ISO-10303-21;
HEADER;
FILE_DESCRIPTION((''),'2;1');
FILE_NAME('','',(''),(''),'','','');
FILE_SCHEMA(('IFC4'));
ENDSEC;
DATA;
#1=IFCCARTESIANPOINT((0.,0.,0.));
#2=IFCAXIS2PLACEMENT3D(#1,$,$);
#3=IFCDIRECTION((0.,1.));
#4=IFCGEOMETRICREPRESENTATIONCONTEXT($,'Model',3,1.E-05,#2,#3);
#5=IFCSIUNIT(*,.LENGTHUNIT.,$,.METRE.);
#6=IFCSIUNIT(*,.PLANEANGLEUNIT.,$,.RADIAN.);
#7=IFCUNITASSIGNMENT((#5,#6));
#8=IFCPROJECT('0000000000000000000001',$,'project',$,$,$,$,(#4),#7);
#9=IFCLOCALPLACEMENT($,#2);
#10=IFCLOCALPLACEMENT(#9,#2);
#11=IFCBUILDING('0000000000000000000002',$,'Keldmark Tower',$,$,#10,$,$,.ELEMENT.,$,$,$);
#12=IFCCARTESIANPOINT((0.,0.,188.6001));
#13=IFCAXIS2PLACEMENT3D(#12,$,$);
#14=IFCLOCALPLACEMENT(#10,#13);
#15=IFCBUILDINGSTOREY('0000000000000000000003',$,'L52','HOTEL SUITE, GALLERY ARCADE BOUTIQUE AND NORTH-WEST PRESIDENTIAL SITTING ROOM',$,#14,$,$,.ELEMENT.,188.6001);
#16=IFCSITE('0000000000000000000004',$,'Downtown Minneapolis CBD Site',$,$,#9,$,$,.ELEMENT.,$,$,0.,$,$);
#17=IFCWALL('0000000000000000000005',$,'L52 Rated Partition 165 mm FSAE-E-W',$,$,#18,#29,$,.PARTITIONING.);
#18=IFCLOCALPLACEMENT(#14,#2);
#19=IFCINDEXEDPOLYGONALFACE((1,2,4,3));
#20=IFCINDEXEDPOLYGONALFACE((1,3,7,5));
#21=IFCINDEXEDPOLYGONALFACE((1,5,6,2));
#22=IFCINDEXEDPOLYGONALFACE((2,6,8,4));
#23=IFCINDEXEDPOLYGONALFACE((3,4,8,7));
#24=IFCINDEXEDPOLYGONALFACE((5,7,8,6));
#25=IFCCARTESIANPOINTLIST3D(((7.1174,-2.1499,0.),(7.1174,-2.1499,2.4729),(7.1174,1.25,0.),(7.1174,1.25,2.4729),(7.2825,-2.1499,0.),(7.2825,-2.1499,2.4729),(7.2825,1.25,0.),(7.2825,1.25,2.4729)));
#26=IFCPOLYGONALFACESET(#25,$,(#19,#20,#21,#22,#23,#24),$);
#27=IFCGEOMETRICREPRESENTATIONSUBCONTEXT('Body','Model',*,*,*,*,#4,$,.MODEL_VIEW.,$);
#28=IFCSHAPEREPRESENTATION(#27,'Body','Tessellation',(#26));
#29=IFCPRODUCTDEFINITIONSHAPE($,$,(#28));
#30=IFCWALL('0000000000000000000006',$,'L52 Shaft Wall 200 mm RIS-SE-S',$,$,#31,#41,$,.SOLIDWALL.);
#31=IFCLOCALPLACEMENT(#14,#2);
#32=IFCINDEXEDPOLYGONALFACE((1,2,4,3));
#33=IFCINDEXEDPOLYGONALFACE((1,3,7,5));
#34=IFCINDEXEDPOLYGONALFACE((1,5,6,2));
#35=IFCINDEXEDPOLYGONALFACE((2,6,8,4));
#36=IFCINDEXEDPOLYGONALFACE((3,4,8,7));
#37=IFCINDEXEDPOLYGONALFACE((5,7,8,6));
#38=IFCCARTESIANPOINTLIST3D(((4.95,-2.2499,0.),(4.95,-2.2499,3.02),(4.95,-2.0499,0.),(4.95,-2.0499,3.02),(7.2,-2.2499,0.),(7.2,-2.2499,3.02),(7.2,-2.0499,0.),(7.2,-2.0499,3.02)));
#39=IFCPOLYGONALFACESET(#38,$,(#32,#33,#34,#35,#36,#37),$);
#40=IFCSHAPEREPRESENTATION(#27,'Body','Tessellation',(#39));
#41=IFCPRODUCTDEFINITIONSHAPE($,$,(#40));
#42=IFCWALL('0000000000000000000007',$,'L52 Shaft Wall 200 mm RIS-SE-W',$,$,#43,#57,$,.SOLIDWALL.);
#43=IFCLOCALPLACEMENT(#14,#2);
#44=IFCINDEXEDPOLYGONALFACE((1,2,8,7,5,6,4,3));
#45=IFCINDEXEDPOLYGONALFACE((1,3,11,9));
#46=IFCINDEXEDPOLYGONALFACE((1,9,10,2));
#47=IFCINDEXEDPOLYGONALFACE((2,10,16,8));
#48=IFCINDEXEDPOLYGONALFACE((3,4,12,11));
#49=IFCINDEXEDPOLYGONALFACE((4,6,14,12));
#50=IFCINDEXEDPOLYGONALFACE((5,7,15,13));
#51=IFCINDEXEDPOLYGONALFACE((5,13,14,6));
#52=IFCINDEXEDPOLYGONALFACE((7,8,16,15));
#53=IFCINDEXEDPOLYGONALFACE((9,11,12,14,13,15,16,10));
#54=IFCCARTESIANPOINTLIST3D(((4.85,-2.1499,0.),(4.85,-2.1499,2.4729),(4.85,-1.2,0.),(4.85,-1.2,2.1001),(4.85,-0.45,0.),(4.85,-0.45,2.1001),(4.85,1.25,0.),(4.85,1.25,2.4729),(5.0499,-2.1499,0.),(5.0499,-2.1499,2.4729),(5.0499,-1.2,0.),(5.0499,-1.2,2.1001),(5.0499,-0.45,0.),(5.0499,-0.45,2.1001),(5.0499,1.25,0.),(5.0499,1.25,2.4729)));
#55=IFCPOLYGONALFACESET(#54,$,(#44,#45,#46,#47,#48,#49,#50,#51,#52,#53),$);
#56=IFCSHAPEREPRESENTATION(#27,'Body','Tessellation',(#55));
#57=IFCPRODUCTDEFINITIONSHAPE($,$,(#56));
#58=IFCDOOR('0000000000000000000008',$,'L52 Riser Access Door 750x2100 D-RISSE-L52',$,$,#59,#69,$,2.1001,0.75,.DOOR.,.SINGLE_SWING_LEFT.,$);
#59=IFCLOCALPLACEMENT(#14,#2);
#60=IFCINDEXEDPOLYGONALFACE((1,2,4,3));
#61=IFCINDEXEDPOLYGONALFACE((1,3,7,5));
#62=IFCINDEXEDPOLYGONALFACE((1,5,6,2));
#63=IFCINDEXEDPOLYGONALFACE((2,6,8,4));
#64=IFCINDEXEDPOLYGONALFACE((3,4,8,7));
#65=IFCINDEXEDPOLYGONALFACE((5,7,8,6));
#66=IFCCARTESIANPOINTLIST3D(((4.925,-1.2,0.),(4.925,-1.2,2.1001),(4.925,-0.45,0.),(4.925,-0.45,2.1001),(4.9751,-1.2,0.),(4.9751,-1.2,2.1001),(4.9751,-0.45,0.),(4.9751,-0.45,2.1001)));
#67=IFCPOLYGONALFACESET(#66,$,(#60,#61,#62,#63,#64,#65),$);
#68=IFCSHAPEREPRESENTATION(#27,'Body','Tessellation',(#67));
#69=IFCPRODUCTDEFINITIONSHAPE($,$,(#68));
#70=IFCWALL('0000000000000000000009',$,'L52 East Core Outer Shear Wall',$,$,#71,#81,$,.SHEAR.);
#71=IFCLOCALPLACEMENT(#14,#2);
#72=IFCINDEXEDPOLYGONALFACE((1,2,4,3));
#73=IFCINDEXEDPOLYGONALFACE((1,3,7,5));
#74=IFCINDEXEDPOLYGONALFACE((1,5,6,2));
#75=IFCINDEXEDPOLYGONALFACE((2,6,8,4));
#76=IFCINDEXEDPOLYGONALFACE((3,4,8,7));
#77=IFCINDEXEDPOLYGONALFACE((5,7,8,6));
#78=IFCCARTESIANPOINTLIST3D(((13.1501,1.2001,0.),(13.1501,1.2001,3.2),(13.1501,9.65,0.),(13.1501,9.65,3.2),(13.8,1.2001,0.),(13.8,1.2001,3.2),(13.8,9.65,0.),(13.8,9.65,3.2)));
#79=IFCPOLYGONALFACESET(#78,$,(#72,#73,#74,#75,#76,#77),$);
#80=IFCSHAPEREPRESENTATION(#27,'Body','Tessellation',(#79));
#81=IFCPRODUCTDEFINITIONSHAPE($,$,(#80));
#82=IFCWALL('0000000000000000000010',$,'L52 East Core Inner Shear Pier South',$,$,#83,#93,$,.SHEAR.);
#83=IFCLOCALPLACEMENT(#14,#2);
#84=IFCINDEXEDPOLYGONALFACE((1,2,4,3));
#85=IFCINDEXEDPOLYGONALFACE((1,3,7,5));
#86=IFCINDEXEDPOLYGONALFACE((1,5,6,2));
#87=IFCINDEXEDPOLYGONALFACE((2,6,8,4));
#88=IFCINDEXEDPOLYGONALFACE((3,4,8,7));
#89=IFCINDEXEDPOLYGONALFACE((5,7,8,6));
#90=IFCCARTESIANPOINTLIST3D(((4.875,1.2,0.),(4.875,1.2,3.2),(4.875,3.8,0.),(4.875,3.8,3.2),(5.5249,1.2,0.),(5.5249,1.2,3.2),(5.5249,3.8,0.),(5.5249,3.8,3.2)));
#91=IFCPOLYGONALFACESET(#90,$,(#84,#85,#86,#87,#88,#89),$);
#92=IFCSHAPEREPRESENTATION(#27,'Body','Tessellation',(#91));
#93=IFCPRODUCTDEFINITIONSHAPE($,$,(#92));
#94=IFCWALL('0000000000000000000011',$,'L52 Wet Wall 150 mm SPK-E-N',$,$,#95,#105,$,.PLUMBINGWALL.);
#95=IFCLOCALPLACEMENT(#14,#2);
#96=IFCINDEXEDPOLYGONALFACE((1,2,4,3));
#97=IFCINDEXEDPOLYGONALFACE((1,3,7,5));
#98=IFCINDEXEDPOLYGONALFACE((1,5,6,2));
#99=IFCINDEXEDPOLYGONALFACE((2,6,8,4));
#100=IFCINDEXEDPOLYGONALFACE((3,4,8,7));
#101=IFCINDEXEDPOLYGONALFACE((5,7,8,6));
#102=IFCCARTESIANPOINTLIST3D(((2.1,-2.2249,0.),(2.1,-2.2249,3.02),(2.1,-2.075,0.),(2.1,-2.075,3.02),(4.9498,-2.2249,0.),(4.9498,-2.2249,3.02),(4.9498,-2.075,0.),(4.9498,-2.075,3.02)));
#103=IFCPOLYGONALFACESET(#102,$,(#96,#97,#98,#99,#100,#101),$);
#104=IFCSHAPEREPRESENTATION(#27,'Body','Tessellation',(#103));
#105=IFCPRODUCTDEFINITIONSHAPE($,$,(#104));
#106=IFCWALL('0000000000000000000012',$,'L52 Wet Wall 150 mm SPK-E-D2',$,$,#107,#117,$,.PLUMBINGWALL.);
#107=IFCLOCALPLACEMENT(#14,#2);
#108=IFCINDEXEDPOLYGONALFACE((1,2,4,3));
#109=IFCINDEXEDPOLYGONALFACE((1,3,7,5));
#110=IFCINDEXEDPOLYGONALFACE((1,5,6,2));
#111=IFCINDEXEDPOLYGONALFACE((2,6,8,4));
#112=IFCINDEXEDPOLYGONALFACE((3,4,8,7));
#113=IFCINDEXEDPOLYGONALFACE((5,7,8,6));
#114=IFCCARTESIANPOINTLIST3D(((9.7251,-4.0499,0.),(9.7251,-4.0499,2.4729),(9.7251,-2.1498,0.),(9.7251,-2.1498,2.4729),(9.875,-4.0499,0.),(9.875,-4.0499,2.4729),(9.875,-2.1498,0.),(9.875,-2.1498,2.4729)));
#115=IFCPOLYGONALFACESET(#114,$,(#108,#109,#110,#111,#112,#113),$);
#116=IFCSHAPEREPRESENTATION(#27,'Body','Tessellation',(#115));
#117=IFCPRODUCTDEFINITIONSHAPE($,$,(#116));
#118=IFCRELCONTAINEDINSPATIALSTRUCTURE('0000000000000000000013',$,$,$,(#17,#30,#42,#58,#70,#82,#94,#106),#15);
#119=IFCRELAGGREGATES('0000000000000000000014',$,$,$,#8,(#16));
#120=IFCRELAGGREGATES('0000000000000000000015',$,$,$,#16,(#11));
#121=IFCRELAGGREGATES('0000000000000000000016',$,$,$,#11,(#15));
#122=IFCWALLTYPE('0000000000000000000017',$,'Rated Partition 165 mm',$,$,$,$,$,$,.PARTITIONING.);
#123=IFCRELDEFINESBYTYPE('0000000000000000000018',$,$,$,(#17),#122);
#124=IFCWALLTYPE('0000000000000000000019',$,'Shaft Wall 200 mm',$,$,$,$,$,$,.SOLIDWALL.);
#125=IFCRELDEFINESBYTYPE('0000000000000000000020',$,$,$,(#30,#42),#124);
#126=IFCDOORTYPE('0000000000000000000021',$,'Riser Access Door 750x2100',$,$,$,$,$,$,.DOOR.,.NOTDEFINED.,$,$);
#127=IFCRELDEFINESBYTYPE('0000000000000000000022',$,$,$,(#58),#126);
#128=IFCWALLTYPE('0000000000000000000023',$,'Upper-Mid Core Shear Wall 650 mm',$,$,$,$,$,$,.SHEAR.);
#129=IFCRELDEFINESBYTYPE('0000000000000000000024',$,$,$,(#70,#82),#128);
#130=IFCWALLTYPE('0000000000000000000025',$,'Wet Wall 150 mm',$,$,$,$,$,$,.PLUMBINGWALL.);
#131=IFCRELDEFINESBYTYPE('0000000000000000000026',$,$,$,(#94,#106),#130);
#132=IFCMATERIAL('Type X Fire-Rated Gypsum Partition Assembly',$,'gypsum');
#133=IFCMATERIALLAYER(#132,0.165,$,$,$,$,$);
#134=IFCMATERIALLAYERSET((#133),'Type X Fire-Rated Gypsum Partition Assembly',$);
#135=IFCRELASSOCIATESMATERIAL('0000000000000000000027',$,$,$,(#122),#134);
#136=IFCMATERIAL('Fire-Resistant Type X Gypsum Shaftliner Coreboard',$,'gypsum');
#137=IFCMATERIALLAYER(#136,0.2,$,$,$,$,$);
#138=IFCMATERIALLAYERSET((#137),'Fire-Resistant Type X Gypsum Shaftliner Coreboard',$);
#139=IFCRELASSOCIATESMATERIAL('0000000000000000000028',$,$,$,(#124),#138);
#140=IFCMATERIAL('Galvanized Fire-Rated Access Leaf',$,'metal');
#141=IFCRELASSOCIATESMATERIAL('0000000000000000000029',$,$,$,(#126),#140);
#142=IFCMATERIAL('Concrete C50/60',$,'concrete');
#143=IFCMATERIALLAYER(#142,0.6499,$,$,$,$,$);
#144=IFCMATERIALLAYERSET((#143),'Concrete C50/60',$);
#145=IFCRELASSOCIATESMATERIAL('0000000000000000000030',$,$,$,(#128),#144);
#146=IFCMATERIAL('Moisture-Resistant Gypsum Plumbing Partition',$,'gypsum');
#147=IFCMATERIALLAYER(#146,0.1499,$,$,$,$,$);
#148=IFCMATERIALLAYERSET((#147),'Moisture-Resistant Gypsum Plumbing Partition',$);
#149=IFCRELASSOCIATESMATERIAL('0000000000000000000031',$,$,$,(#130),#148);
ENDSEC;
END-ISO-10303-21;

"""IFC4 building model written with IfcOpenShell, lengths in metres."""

from ifc_helpers import new_model, si_unit, direction, frame, frame_2d, origin, place, context, subcontext, project, spatial, rectangle, extrude, material, layer, layer_set, type_object, element, fill, save


model = new_model("IFC4")

# Units and contexts
model_context = context("Model", 3, precision=1e-05, world=origin(), true_north=direction((0.0, 1.0)))
body_context = subcontext(model_context, "Body", "Model", "MODEL_VIEW")
ifc_project = project(units=[si_unit("LENGTHUNIT", "METRE"), si_unit("PLANEANGLEUNIT", "RADIAN")], contexts=[model_context])

# Site, building, storey
site_placement = place(None, origin())
site = spatial("IfcSite", under=ifc_project, at=site_placement, Name="Downtown Minneapolis CBD Site", CompositionType="ELEMENT", RefElevation=0.0)
building_placement = place(site_placement, origin())
building = spatial("IfcBuilding", under=site, at=building_placement, Name="Keldmark Tower", CompositionType="ELEMENT")
storey_placement = place(building_placement, frame((0.0, 0.0, 188.6001)))
storey = spatial("IfcBuildingStorey", under=building, at=storey_placement, Name="L52", Description="HOTEL SUITE, GALLERY ARCADE BOUTIQUE AND NORTH-WEST PRESIDENTIAL SITTING ROOM", CompositionType="ELEMENT", Elevation=188.6001)

# Wall
ifc_material_1 = material(Name="Type X Fire-Rated Gypsum Partition Assembly", Category="gypsum")
ifc_layer_1 = layer(ifc_material_1, 0.165)
ifc_layer_set_1 = layer_set([ifc_layer_1], Name="Type X Fire-Rated Gypsum Partition Assembly")
wall_type_1 = type_object("IfcWallType", Name="Rated Partition 165 mm", PredefinedType="PARTITIONING", material=ifc_layer_set_1)
wall_1_placement = place(storey_placement, frame((7.2, -2.1499, 0.0), z_axis=(0.0, 0.0, 1.0), x_axis=(0.0, 1.0, 0.0)))
element("IfcWall", 1, at=wall_1_placement, inside=storey, type_object=wall_type_1, Name="L52 Rated Partition 165 mm FSAE-E-W", PredefinedType="PARTITIONING", context=body_context, shape_type="SweptSolid", body=[
    extrude(rectangle(XDim=3.3999, YDim=0.165, at=frame_2d((1.7, 0.0))), origin(), (0.0, 0.0, 1.0), 2.4729),
])

# Wall
ifc_material_2 = material(Name="Fire-Resistant Type X Gypsum Shaftliner Coreboard", Category="gypsum")
ifc_layer_2 = layer(ifc_material_2, 0.2)
ifc_layer_set_2 = layer_set([ifc_layer_2], Name="Fire-Resistant Type X Gypsum Shaftliner Coreboard")
wall_type_2 = type_object("IfcWallType", Name="Shaft Wall 200 mm", PredefinedType="SOLIDWALL", material=ifc_layer_set_2)
wall_2_placement = place(storey_placement, frame((4.95, -2.1499, 0.0), z_axis=(0.0, 0.0, 1.0), x_axis=(1.0, 0.0, 0.0)))
element("IfcWall", 2, at=wall_2_placement, inside=storey, type_object=wall_type_2, Name="L52 Shaft Wall 200 mm RIS-SE-S", PredefinedType="SOLIDWALL", context=body_context, shape_type="SweptSolid", body=[
    extrude(rectangle(XDim=2.25, YDim=0.2, at=frame_2d((1.125, 0.0))), origin(), (0.0, 0.0, 1.0), 3.02),
])

# Wall, opening, door
wall_3_placement = place(storey_placement, frame((4.95, -2.1499, 0.0), z_axis=(0.0, 0.0, 1.0), x_axis=(0.0, 1.0, 0.0)))
wall_3 = element("IfcWall", 3, at=wall_3_placement, inside=storey, type_object=wall_type_2, Name="L52 Shaft Wall 200 mm RIS-SE-W", PredefinedType="SOLIDWALL", context=body_context, shape_type="SweptSolid", body=[
    extrude(rectangle(XDim=3.3999, YDim=0.2, at=frame_2d((1.7, 0.0))), origin(), (0.0, 0.0, 1.0), 2.4729),
])
opening_1_placement = place(wall_3_placement, frame((0.95, 0.0, 0.0)))
opening_1 = element("IfcOpeningElement", 4, at=opening_1_placement, cuts=wall_3, PredefinedType="OPENING", context=body_context, shape_type="SweptSolid", body=[
    extrude(rectangle(XDim=0.75, YDim=2.1001, at=frame_2d((0.375, 1.05))), frame((0.0, 0.1099, 0.0), z_axis=(0.0, -1.0, 0.0), x_axis=(1.0, 0.0, 0.0)), (0.0, 0.0, 1.0), 0.22),
])
ifc_material_3 = material(Name="Galvanized Fire-Rated Access Leaf", Category="metal")
door_type_1 = type_object("IfcDoorType", Name="Riser Access Door 750x2100", OperationType="NOTDEFINED", PredefinedType="DOOR", material=ifc_material_3)
door_1_placement = place(opening_1_placement, origin())
door_1 = element("IfcDoor", 5, at=door_1_placement, inside=storey, type_object=door_type_1, Name="L52 Riser Access Door 750x2100 D-RISSE-L52", OperationType="SINGLE_SWING_LEFT", OverallHeight=2.1001, OverallWidth=0.75, PredefinedType="DOOR", context=body_context, shape_type="SweptSolid", body=[
    extrude(rectangle(XDim=0.75, YDim=2.1001, at=frame_2d((0.375, 1.05))), frame((0.0, 0.0249, 0.0), z_axis=(0.0, -1.0, 0.0), x_axis=(1.0, 0.0, 0.0)), (0.0, 0.0, 1.0), 0.05),
])
fill(opening_1, door_1)

# Walls
ifc_material_4 = material(Name="Concrete C50/60", Category="concrete")
ifc_layer_3 = layer(ifc_material_4, 0.6499)
ifc_layer_set_3 = layer_set([ifc_layer_3], Name="Concrete C50/60")
wall_type_3 = type_object("IfcWallType", Name="Upper-Mid Core Shear Wall 650 mm", PredefinedType="SHEAR", material=ifc_layer_set_3)
wall_4_placement = place(storey_placement, frame((13.4751, 1.2, 0.0), z_axis=(0.0, 0.0, 1.0), x_axis=(0.0, 1.0, 0.0)))
element("IfcWall", 6, at=wall_4_placement, inside=storey, type_object=wall_type_3, Name="L52 East Core Outer Shear Wall", PredefinedType="SHEAR", context=body_context, shape_type="SweptSolid", body=[
    extrude(rectangle(XDim=8.45, YDim=0.6499, at=frame_2d((4.2251, 0.0))), origin(), (0.0, 0.0, 1.0), 3.2),
])
wall_5_placement = place(storey_placement, frame((5.2, 1.2, 0.0), z_axis=(0.0, 0.0, 1.0), x_axis=(0.0, 1.0, 0.0)))
element("IfcWall", 7, at=wall_5_placement, inside=storey, type_object=wall_type_3, Name="L52 East Core Inner Shear Pier South", PredefinedType="SHEAR", context=body_context, shape_type="SweptSolid", body=[
    extrude(rectangle(XDim=2.6001, YDim=0.6499, at=frame_2d((1.3, 0.0))), origin(), (0.0, 0.0, 1.0), 3.2),
])
ifc_material_5 = material(Name="Moisture-Resistant Gypsum Plumbing Partition", Category="gypsum")
ifc_layer_4 = layer(ifc_material_5, 0.1499)
ifc_layer_set_4 = layer_set([ifc_layer_4], Name="Moisture-Resistant Gypsum Plumbing Partition")
wall_type_4 = type_object("IfcWallType", Name="Wet Wall 150 mm", PredefinedType="PLUMBINGWALL", material=ifc_layer_set_4)
wall_6_placement = place(storey_placement, frame((2.1001, -2.1499, 0.0), z_axis=(0.0, 0.0, 1.0), x_axis=(1.0, 0.0, 0.0)))
element("IfcWall", 8, at=wall_6_placement, inside=storey, type_object=wall_type_4, Name="L52 Wet Wall 150 mm SPK-E-N", PredefinedType="PLUMBINGWALL", context=body_context, shape_type="SweptSolid", body=[
    extrude(rectangle(XDim=2.8499, YDim=0.1499, at=frame_2d((1.4248, 0.0))), origin(), (0.0, 0.0, 1.0), 3.02),
])
wall_7_placement = place(storey_placement, frame((9.8, -4.05, 0.0), z_axis=(0.0, 0.0, 1.0), x_axis=(0.0, 1.0, 0.0)))
element("IfcWall", 9, at=wall_7_placement, inside=storey, type_object=wall_type_4, Name="L52 Wet Wall 150 mm SPK-E-D2", PredefinedType="PLUMBINGWALL", context=body_context, shape_type="SweptSolid", body=[
    extrude(rectangle(XDim=1.9001, YDim=0.1499, at=frame_2d((0.9502, 0.0))), origin(), (0.0, 0.0, 1.0), 2.4729),
])

save(model, "model.ifc")
